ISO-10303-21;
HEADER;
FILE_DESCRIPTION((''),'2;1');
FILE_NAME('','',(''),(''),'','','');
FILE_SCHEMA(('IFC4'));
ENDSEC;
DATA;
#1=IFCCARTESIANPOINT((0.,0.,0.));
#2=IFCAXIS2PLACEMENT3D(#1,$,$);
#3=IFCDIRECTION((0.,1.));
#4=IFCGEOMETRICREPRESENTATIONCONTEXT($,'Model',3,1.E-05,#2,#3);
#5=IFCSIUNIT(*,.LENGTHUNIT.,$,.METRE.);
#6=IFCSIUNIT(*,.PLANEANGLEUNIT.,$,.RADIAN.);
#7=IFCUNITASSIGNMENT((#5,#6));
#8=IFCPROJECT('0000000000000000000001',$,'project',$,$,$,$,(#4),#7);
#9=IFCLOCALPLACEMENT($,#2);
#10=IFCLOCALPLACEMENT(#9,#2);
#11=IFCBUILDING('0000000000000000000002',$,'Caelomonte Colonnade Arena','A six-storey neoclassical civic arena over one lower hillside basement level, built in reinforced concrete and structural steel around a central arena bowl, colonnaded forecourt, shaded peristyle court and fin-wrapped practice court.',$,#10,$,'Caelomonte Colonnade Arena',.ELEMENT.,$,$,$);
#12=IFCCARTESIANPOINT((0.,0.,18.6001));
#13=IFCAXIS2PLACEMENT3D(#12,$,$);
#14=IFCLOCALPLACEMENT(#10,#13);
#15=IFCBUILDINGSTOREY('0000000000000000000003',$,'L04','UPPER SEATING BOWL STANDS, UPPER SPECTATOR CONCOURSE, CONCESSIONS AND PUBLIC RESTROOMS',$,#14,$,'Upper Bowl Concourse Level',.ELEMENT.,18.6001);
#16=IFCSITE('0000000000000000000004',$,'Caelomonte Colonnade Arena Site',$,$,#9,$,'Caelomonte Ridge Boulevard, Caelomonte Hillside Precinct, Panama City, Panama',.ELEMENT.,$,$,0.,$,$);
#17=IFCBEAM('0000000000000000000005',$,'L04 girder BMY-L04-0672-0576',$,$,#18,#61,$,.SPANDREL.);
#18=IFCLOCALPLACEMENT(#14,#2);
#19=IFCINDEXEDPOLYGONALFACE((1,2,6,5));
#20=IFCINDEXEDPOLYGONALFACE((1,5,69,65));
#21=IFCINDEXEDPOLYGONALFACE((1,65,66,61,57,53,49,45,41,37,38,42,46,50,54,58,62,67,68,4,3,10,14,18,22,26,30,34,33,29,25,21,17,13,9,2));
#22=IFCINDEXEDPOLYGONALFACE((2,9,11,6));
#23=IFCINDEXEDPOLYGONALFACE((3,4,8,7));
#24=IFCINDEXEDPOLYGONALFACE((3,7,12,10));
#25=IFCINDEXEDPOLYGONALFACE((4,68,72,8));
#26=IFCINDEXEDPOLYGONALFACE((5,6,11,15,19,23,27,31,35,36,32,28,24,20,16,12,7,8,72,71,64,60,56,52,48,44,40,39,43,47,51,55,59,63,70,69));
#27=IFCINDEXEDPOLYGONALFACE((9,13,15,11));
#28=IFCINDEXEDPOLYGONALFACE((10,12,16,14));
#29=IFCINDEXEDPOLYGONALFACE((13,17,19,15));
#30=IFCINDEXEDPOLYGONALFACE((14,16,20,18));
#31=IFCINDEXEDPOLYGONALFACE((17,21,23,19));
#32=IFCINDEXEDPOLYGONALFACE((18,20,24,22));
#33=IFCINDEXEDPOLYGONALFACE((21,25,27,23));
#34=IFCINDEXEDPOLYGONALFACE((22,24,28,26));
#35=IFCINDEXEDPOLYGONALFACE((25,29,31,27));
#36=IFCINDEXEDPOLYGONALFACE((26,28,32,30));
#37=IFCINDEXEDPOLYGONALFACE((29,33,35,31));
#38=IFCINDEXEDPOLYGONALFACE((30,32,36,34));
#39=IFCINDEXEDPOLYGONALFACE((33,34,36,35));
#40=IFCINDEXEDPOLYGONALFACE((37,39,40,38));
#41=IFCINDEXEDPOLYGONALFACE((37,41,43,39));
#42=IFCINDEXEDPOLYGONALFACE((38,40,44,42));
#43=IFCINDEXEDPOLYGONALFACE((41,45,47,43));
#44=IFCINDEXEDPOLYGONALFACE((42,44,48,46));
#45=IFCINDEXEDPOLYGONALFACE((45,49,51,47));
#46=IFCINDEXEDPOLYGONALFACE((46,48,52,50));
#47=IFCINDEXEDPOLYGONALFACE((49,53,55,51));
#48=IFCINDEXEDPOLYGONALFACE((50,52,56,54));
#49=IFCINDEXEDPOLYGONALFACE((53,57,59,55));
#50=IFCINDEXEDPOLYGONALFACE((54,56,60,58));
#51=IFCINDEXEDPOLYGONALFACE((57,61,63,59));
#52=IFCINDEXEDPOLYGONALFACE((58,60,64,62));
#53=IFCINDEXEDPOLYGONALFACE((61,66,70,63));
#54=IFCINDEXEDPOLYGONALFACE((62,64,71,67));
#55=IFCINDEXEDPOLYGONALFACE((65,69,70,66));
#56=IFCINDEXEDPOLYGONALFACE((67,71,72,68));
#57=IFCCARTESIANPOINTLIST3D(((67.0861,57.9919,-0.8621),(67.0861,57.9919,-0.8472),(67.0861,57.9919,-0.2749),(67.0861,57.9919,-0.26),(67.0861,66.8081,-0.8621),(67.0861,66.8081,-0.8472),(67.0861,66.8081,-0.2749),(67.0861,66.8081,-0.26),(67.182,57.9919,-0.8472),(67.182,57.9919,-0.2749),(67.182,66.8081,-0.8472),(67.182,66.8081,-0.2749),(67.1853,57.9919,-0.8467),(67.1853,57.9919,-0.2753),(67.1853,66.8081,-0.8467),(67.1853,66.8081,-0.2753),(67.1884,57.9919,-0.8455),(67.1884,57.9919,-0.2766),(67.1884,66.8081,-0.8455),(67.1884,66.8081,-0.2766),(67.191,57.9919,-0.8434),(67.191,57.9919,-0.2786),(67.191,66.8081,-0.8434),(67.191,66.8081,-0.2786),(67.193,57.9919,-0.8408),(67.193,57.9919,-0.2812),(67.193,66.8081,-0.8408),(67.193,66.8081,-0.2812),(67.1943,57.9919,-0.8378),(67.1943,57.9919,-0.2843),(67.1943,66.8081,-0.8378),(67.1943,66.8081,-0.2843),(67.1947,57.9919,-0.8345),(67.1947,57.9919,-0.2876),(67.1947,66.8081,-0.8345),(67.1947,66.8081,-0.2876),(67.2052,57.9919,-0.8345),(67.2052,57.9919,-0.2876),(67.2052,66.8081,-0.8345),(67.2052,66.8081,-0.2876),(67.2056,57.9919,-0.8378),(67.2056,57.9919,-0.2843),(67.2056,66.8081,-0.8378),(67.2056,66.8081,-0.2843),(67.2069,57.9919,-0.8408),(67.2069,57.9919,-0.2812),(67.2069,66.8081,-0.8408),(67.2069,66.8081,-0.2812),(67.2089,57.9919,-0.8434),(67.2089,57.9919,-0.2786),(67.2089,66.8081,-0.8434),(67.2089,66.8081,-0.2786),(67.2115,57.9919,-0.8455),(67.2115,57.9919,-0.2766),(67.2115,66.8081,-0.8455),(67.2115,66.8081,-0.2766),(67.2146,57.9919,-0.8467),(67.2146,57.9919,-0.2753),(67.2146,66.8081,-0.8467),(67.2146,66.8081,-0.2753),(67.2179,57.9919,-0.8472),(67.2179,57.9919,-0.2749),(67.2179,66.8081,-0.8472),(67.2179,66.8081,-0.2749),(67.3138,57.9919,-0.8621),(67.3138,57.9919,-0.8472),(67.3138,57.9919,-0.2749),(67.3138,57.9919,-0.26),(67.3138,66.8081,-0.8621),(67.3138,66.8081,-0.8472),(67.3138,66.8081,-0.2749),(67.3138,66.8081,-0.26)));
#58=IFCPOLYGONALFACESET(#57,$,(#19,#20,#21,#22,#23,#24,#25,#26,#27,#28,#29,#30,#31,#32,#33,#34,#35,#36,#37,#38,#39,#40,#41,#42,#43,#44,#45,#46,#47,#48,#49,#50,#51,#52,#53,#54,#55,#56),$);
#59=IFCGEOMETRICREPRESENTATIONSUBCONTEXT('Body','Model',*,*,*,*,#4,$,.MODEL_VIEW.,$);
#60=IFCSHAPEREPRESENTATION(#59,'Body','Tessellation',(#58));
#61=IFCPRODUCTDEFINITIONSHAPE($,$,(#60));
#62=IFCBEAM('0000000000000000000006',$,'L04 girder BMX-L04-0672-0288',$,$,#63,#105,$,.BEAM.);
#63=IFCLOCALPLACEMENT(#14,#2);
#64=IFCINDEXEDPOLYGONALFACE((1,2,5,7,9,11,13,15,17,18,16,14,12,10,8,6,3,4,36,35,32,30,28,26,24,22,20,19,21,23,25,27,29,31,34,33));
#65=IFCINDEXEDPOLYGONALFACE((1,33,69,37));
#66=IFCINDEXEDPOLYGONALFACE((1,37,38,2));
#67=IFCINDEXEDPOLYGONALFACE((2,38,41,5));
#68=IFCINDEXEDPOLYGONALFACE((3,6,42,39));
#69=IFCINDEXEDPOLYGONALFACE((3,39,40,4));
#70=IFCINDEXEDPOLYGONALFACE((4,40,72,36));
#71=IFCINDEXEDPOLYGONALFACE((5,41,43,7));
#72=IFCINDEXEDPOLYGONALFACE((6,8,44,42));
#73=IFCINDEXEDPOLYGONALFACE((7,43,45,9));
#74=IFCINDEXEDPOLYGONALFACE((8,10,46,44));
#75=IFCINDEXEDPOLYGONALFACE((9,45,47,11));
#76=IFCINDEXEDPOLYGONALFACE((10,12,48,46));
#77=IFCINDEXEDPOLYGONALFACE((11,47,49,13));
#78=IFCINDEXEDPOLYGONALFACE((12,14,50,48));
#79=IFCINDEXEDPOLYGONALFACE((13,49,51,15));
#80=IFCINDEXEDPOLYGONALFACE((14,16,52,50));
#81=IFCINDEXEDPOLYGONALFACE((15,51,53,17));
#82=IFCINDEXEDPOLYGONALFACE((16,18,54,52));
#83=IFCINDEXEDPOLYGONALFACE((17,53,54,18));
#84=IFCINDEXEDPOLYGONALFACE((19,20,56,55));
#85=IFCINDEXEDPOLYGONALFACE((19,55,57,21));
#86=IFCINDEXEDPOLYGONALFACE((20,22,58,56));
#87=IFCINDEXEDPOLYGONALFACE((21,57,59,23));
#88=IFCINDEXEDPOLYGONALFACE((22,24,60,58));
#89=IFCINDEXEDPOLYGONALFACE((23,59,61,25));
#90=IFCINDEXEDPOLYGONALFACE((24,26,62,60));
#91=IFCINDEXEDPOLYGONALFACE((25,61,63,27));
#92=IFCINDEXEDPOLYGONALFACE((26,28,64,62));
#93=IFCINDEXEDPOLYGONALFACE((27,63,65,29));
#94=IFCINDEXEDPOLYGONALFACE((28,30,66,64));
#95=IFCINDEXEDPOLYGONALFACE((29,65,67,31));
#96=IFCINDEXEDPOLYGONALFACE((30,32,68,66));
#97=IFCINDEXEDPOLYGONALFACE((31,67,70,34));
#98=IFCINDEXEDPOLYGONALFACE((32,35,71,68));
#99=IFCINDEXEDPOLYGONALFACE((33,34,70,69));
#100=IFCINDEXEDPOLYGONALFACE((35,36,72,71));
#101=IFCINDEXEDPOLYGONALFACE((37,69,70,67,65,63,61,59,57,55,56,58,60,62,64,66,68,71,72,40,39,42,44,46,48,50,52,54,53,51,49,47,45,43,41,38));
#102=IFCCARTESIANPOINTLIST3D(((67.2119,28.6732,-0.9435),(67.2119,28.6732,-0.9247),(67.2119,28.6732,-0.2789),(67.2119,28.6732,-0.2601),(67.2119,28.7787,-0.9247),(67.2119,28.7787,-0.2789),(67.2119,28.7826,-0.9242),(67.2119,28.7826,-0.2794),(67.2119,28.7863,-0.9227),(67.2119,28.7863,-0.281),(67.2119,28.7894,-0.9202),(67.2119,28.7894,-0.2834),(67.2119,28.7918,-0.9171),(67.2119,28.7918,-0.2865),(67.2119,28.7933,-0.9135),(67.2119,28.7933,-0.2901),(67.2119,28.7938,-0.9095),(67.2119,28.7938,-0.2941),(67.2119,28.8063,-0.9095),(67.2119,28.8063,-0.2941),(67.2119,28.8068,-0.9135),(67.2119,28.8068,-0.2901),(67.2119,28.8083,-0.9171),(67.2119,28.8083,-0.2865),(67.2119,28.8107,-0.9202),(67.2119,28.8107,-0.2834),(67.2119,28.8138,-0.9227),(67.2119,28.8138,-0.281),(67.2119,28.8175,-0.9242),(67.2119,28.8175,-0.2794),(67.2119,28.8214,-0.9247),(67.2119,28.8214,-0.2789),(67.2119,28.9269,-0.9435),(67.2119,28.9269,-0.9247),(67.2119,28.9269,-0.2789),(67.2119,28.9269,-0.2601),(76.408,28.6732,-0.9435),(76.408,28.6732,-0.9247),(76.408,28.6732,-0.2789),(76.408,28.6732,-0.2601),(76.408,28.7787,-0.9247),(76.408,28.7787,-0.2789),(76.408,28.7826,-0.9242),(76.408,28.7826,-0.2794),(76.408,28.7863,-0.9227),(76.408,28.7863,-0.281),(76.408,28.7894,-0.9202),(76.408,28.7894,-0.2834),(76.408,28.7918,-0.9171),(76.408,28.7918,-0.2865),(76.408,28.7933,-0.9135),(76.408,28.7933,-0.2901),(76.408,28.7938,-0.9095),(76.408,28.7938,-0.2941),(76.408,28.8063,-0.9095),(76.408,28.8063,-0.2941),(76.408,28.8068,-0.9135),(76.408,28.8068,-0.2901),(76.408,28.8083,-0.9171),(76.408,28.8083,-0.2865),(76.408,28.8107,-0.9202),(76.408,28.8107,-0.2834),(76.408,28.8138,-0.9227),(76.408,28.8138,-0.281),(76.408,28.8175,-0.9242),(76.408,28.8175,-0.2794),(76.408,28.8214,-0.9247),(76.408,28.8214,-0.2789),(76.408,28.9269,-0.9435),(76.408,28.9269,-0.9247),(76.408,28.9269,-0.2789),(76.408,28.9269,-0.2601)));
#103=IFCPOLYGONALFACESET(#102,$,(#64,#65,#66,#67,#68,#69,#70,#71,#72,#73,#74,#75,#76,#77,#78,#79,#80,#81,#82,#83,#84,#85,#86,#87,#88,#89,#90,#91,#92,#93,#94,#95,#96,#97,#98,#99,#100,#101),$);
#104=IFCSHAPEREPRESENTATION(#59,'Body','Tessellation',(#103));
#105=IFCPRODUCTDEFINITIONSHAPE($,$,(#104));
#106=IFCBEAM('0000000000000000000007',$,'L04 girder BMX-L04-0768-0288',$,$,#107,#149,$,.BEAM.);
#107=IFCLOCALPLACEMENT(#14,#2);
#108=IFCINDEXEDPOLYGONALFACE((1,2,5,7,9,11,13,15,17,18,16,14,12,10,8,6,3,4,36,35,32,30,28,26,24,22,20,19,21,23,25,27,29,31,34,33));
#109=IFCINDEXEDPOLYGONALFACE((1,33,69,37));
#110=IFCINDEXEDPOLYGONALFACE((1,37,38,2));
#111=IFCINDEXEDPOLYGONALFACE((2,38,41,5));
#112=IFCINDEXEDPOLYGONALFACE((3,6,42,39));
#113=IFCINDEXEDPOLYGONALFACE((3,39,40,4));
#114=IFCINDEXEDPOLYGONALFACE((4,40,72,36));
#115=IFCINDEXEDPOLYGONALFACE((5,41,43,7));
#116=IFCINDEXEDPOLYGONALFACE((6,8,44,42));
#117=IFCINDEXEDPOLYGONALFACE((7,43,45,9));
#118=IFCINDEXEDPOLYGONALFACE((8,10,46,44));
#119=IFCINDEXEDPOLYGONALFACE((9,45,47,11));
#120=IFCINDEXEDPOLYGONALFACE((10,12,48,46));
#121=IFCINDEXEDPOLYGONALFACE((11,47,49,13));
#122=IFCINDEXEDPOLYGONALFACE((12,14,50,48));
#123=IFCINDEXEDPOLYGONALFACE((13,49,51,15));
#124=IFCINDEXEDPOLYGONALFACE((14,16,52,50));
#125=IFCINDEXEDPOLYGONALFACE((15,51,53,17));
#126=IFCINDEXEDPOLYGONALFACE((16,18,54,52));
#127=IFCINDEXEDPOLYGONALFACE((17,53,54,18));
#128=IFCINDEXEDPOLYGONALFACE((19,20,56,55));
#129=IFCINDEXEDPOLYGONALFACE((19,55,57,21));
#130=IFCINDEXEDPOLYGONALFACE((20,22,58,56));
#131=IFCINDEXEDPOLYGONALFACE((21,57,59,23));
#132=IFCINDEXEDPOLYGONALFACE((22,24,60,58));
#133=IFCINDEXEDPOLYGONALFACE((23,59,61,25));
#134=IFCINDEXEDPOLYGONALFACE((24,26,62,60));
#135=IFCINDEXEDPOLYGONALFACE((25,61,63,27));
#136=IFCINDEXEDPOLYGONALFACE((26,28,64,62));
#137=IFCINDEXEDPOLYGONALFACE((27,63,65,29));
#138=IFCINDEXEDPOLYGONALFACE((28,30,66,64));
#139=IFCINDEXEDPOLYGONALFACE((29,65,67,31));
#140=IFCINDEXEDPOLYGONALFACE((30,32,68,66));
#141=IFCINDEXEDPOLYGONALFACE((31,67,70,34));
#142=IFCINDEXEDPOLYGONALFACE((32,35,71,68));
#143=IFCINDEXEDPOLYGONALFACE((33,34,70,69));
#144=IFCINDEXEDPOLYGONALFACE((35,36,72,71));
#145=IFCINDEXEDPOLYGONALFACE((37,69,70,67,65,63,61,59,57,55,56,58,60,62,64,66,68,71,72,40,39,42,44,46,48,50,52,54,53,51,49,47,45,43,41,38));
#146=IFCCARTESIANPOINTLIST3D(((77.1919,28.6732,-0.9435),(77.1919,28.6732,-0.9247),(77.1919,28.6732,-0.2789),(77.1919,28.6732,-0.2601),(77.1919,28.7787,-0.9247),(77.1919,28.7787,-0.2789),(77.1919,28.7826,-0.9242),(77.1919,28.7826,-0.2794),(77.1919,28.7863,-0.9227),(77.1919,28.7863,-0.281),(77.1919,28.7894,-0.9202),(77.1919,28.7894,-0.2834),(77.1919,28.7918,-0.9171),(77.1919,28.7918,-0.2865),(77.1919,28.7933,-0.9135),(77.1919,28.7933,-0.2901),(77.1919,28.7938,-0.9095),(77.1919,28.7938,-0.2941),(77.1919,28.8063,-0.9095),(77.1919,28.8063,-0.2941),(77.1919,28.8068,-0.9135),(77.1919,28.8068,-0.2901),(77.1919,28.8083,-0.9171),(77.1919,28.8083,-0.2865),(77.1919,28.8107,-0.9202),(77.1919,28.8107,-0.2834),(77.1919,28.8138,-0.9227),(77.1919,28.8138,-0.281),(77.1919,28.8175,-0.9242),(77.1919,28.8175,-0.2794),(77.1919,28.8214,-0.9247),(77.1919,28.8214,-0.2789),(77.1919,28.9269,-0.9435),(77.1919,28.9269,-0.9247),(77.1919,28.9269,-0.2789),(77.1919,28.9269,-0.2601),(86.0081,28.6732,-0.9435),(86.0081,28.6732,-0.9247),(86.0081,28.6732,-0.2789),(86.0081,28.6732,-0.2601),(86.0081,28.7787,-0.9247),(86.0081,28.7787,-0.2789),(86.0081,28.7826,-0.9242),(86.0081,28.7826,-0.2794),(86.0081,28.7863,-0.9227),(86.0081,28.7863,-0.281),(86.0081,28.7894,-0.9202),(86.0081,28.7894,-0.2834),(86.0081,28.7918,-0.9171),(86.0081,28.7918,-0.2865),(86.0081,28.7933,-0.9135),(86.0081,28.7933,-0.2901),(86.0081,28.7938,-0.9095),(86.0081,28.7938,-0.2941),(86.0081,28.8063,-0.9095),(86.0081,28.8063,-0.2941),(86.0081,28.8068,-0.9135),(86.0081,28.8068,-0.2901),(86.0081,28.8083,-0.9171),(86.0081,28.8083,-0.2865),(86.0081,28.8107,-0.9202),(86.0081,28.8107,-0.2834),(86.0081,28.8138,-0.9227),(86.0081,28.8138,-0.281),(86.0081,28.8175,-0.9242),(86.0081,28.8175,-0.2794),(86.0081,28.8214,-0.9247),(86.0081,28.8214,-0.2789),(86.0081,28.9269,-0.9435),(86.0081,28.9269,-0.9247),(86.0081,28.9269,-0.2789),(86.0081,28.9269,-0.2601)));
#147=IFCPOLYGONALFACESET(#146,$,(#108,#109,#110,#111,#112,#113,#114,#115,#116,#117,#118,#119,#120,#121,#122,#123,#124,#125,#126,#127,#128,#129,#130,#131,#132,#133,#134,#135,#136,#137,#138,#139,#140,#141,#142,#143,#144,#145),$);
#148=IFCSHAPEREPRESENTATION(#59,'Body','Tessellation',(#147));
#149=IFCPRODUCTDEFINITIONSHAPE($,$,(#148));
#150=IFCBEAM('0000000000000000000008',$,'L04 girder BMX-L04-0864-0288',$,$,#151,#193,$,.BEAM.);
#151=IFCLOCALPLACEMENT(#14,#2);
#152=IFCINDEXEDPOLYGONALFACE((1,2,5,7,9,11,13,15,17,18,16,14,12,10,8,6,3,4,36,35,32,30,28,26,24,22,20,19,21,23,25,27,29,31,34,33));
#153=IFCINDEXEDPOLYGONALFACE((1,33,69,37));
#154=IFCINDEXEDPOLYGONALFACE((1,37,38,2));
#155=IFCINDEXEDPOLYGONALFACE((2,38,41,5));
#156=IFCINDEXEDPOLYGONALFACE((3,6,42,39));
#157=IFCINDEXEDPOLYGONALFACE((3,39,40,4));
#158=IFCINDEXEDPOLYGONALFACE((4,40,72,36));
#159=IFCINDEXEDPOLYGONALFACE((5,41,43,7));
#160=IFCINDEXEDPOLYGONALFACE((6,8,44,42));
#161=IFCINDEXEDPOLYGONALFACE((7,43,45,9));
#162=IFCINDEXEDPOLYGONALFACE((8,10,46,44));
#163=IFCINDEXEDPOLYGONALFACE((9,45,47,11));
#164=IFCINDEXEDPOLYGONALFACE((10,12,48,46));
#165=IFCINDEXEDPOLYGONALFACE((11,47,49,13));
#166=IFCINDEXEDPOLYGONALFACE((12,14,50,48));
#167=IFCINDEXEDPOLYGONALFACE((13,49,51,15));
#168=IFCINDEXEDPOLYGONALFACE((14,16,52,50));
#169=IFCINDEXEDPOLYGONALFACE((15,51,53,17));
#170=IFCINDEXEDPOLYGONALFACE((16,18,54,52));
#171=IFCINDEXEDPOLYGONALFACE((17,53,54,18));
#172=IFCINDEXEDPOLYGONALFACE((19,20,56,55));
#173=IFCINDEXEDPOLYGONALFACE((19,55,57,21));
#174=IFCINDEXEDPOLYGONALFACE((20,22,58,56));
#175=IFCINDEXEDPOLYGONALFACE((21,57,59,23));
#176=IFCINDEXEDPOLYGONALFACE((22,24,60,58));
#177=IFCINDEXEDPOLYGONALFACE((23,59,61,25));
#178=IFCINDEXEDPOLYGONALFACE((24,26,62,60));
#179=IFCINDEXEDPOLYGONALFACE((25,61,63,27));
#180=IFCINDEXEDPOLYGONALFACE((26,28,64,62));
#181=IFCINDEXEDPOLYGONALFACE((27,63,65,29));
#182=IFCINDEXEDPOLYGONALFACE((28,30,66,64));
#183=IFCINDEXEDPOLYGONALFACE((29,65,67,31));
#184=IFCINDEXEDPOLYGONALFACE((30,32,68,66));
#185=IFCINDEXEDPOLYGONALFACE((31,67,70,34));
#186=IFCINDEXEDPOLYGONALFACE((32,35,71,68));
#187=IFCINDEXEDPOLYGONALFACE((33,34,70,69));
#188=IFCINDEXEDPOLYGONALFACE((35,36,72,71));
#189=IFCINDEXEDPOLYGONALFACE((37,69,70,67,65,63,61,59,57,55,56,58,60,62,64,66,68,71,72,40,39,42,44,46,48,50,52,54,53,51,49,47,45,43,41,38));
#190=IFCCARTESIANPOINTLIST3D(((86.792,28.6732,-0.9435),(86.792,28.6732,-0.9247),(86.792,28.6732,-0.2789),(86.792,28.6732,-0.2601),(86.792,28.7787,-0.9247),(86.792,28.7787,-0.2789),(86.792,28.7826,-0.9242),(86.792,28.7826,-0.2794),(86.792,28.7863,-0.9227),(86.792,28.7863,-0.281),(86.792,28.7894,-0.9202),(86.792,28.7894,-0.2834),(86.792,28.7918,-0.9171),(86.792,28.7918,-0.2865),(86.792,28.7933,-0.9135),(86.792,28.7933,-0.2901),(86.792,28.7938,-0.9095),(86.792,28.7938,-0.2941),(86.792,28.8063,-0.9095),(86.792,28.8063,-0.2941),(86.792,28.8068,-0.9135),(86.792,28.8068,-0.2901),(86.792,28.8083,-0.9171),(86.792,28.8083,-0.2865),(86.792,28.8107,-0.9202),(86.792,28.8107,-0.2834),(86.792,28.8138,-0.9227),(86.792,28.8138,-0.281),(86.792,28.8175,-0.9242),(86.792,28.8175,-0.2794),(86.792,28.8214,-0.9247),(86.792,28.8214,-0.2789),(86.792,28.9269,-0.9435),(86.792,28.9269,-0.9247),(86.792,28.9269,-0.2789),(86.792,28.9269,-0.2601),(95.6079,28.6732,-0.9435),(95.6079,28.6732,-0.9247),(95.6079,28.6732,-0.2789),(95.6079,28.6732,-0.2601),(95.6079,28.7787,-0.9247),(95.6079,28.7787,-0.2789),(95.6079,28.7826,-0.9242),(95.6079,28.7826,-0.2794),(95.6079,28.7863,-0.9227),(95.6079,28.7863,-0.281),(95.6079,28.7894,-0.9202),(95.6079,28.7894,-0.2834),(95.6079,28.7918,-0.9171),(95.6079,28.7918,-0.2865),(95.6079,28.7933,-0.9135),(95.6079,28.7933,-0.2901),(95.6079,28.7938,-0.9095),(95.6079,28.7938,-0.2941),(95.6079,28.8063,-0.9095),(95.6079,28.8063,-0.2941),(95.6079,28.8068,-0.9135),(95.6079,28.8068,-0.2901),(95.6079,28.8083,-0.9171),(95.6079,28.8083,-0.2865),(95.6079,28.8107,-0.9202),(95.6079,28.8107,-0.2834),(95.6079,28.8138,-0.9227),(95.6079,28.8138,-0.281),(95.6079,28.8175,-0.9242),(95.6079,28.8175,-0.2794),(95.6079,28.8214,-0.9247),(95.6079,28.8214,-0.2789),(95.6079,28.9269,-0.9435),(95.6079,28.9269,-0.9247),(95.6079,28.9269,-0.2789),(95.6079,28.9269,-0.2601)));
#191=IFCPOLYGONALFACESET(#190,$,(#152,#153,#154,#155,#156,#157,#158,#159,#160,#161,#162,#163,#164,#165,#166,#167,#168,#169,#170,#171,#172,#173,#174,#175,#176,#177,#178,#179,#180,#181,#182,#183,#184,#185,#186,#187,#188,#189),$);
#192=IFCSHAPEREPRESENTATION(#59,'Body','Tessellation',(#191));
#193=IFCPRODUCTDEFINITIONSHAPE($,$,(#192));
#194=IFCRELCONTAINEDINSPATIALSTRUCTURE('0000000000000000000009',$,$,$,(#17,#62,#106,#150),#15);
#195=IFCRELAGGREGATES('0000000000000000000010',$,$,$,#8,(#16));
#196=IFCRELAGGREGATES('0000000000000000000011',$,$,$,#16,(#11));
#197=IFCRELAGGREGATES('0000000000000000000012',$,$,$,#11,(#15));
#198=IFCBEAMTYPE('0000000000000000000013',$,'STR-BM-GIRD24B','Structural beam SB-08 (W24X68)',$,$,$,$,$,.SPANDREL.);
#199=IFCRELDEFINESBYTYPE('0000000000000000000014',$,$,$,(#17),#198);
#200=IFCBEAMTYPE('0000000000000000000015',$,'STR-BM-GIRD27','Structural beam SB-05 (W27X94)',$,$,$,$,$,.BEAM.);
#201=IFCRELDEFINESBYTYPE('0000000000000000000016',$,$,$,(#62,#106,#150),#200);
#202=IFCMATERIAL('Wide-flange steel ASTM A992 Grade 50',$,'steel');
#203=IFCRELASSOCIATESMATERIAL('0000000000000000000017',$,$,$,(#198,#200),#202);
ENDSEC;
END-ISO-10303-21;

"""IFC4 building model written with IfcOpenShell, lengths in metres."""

from ifc_helpers import new_model, si_unit, direction, frame, origin, origin_2d, place, context, subcontext, project, spatial, i_section, extrude, material, material_profile, profile_set, type_object, element, save


model = new_model("IFC4")

# Units and contexts
model_context = context("Model", 3, precision=1e-05, world=origin(), true_north=direction((0.0, 1.0)))
body_context = subcontext(model_context, "Body", "Model", "MODEL_VIEW")
ifc_project = project(units=[si_unit("LENGTHUNIT", "METRE"), si_unit("PLANEANGLEUNIT", "RADIAN")], contexts=[model_context])

# Site, building, storey
site_placement = place(None, origin())
site = spatial("IfcSite", under=ifc_project, at=site_placement, Name="Caelomonte Colonnade Arena Site", LongName="Caelomonte Ridge Boulevard, Caelomonte Hillside Precinct, Panama City, Panama", CompositionType="ELEMENT", RefElevation=0.0)
building_placement = place(site_placement, origin())
building = spatial("IfcBuilding", under=site, at=building_placement, Name="Caelomonte Colonnade Arena", Description="A six-storey neoclassical civic arena over one lower hillside basement level, built in reinforced concrete and structural steel around a central arena bowl, colonnaded forecourt, shaded peristyle court and fin-wrapped practice court.", LongName="Caelomonte Colonnade Arena", CompositionType="ELEMENT")
storey_placement = place(building_placement, frame((0.0, 0.0, 18.6001)))
storey = spatial("IfcBuildingStorey", under=building, at=storey_placement, Name="L04", Description="UPPER SEATING BOWL STANDS, UPPER SPECTATOR CONCOURSE, CONCESSIONS AND PUBLIC RESTROOMS", LongName="Upper Bowl Concourse Level", CompositionType="ELEMENT", Elevation=18.6001)

# Shared definitions
ifc_material_1 = material(Name="Wide-flange steel ASTM A992 Grade 50", Category="steel")

# Beams
ifc_material_profile_1 = material_profile(ifc_material_1, i_section(OverallWidth=0.2278, OverallDepth=0.6021, WebThickness=0.0105, FlangeThickness=0.0149, FilletRadius=0.0127, at=origin_2d()), Name="W24X68")
ifc_profile_set_1 = profile_set([ifc_material_profile_1], Name="Wide-flange steel ASTM A992 Grade 50")
beam_type_1 = type_object("IfcBeamType", Name="STR-BM-GIRD24B", Description="Structural beam SB-08 (W24X68)", PredefinedType="SPANDREL", material=ifc_profile_set_1)
beam_1_placement = place(storey_placement, frame((67.2, 57.9919, -0.561), z_axis=(0.0, 1.0, 0.0), x_axis=(-1.0, 0.0, 0.0)))
element("IfcBeam", 1, at=beam_1_placement, inside=storey, type_object=beam_type_1, Name="L04 girder BMY-L04-0672-0576", PredefinedType="SPANDREL", context=body_context, shape_type="SweptSolid", body=[
    extrude(i_section(OverallWidth=0.2278, OverallDepth=0.6021, WebThickness=0.0105, FlangeThickness=0.0149, FilletRadius=0.0127, at=origin_2d()), origin(), (0.0, 0.0, 1.0), 8.8162),
])
ifc_material_profile_2 = material_profile(ifc_material_1, i_section(OverallWidth=0.2537, OverallDepth=0.6833, WebThickness=0.0125, FlangeThickness=0.0188, FilletRadius=0.0151, at=origin_2d()), Name="W27X94")
ifc_profile_set_2 = profile_set([ifc_material_profile_2], Name="Wide-flange steel ASTM A992 Grade 50")
beam_type_2 = type_object("IfcBeamType", Name="STR-BM-GIRD27", Description="Structural beam SB-05 (W27X94)", PredefinedType="BEAM", material=ifc_profile_set_2)
beam_2_placement = place(storey_placement, frame((67.2119, 28.8, -0.6018), z_axis=(1.0, 0.0, 0.0), x_axis=(0.0, 1.0, 0.0)))
element("IfcBeam", 2, at=beam_2_placement, inside=storey, type_object=beam_type_2, Name="L04 girder BMX-L04-0672-0288", PredefinedType="BEAM", context=body_context, shape_type="SweptSolid", body=[
    extrude(i_section(OverallWidth=0.2537, OverallDepth=0.6833, WebThickness=0.0125, FlangeThickness=0.0188, FilletRadius=0.0151, at=origin_2d()), origin(), (0.0, 0.0, 1.0), 9.196),
])
beam_3_placement = place(storey_placement, frame((77.1919, 28.8, -0.6018), z_axis=(1.0, 0.0, 0.0), x_axis=(0.0, 1.0, 0.0)))
element("IfcBeam", 3, at=beam_3_placement, inside=storey, type_object=beam_type_2, Name="L04 girder BMX-L04-0768-0288", PredefinedType="BEAM", context=body_context, shape_type="SweptSolid", body=[
    extrude(i_section(OverallWidth=0.2537, OverallDepth=0.6833, WebThickness=0.0125, FlangeThickness=0.0188, FilletRadius=0.0151, at=origin_2d()), origin(), (0.0, 0.0, 1.0), 8.8162),
])
beam_4_placement = place(storey_placement, frame((86.792, 28.8, -0.6018), z_axis=(1.0, 0.0, 0.0), x_axis=(0.0, 1.0, 0.0)))
element("IfcBeam", 4, at=beam_4_placement, inside=storey, type_object=beam_type_2, Name="L04 girder BMX-L04-0864-0288", PredefinedType="BEAM", context=body_context, shape_type="SweptSolid", body=[
    extrude(i_section(OverallWidth=0.2537, OverallDepth=0.6833, WebThickness=0.0125, FlangeThickness=0.0188, FilletRadius=0.0151, at=origin_2d()), origin(), (0.0, 0.0, 1.0), 8.8159),
])

save(model, "model.ifc")
